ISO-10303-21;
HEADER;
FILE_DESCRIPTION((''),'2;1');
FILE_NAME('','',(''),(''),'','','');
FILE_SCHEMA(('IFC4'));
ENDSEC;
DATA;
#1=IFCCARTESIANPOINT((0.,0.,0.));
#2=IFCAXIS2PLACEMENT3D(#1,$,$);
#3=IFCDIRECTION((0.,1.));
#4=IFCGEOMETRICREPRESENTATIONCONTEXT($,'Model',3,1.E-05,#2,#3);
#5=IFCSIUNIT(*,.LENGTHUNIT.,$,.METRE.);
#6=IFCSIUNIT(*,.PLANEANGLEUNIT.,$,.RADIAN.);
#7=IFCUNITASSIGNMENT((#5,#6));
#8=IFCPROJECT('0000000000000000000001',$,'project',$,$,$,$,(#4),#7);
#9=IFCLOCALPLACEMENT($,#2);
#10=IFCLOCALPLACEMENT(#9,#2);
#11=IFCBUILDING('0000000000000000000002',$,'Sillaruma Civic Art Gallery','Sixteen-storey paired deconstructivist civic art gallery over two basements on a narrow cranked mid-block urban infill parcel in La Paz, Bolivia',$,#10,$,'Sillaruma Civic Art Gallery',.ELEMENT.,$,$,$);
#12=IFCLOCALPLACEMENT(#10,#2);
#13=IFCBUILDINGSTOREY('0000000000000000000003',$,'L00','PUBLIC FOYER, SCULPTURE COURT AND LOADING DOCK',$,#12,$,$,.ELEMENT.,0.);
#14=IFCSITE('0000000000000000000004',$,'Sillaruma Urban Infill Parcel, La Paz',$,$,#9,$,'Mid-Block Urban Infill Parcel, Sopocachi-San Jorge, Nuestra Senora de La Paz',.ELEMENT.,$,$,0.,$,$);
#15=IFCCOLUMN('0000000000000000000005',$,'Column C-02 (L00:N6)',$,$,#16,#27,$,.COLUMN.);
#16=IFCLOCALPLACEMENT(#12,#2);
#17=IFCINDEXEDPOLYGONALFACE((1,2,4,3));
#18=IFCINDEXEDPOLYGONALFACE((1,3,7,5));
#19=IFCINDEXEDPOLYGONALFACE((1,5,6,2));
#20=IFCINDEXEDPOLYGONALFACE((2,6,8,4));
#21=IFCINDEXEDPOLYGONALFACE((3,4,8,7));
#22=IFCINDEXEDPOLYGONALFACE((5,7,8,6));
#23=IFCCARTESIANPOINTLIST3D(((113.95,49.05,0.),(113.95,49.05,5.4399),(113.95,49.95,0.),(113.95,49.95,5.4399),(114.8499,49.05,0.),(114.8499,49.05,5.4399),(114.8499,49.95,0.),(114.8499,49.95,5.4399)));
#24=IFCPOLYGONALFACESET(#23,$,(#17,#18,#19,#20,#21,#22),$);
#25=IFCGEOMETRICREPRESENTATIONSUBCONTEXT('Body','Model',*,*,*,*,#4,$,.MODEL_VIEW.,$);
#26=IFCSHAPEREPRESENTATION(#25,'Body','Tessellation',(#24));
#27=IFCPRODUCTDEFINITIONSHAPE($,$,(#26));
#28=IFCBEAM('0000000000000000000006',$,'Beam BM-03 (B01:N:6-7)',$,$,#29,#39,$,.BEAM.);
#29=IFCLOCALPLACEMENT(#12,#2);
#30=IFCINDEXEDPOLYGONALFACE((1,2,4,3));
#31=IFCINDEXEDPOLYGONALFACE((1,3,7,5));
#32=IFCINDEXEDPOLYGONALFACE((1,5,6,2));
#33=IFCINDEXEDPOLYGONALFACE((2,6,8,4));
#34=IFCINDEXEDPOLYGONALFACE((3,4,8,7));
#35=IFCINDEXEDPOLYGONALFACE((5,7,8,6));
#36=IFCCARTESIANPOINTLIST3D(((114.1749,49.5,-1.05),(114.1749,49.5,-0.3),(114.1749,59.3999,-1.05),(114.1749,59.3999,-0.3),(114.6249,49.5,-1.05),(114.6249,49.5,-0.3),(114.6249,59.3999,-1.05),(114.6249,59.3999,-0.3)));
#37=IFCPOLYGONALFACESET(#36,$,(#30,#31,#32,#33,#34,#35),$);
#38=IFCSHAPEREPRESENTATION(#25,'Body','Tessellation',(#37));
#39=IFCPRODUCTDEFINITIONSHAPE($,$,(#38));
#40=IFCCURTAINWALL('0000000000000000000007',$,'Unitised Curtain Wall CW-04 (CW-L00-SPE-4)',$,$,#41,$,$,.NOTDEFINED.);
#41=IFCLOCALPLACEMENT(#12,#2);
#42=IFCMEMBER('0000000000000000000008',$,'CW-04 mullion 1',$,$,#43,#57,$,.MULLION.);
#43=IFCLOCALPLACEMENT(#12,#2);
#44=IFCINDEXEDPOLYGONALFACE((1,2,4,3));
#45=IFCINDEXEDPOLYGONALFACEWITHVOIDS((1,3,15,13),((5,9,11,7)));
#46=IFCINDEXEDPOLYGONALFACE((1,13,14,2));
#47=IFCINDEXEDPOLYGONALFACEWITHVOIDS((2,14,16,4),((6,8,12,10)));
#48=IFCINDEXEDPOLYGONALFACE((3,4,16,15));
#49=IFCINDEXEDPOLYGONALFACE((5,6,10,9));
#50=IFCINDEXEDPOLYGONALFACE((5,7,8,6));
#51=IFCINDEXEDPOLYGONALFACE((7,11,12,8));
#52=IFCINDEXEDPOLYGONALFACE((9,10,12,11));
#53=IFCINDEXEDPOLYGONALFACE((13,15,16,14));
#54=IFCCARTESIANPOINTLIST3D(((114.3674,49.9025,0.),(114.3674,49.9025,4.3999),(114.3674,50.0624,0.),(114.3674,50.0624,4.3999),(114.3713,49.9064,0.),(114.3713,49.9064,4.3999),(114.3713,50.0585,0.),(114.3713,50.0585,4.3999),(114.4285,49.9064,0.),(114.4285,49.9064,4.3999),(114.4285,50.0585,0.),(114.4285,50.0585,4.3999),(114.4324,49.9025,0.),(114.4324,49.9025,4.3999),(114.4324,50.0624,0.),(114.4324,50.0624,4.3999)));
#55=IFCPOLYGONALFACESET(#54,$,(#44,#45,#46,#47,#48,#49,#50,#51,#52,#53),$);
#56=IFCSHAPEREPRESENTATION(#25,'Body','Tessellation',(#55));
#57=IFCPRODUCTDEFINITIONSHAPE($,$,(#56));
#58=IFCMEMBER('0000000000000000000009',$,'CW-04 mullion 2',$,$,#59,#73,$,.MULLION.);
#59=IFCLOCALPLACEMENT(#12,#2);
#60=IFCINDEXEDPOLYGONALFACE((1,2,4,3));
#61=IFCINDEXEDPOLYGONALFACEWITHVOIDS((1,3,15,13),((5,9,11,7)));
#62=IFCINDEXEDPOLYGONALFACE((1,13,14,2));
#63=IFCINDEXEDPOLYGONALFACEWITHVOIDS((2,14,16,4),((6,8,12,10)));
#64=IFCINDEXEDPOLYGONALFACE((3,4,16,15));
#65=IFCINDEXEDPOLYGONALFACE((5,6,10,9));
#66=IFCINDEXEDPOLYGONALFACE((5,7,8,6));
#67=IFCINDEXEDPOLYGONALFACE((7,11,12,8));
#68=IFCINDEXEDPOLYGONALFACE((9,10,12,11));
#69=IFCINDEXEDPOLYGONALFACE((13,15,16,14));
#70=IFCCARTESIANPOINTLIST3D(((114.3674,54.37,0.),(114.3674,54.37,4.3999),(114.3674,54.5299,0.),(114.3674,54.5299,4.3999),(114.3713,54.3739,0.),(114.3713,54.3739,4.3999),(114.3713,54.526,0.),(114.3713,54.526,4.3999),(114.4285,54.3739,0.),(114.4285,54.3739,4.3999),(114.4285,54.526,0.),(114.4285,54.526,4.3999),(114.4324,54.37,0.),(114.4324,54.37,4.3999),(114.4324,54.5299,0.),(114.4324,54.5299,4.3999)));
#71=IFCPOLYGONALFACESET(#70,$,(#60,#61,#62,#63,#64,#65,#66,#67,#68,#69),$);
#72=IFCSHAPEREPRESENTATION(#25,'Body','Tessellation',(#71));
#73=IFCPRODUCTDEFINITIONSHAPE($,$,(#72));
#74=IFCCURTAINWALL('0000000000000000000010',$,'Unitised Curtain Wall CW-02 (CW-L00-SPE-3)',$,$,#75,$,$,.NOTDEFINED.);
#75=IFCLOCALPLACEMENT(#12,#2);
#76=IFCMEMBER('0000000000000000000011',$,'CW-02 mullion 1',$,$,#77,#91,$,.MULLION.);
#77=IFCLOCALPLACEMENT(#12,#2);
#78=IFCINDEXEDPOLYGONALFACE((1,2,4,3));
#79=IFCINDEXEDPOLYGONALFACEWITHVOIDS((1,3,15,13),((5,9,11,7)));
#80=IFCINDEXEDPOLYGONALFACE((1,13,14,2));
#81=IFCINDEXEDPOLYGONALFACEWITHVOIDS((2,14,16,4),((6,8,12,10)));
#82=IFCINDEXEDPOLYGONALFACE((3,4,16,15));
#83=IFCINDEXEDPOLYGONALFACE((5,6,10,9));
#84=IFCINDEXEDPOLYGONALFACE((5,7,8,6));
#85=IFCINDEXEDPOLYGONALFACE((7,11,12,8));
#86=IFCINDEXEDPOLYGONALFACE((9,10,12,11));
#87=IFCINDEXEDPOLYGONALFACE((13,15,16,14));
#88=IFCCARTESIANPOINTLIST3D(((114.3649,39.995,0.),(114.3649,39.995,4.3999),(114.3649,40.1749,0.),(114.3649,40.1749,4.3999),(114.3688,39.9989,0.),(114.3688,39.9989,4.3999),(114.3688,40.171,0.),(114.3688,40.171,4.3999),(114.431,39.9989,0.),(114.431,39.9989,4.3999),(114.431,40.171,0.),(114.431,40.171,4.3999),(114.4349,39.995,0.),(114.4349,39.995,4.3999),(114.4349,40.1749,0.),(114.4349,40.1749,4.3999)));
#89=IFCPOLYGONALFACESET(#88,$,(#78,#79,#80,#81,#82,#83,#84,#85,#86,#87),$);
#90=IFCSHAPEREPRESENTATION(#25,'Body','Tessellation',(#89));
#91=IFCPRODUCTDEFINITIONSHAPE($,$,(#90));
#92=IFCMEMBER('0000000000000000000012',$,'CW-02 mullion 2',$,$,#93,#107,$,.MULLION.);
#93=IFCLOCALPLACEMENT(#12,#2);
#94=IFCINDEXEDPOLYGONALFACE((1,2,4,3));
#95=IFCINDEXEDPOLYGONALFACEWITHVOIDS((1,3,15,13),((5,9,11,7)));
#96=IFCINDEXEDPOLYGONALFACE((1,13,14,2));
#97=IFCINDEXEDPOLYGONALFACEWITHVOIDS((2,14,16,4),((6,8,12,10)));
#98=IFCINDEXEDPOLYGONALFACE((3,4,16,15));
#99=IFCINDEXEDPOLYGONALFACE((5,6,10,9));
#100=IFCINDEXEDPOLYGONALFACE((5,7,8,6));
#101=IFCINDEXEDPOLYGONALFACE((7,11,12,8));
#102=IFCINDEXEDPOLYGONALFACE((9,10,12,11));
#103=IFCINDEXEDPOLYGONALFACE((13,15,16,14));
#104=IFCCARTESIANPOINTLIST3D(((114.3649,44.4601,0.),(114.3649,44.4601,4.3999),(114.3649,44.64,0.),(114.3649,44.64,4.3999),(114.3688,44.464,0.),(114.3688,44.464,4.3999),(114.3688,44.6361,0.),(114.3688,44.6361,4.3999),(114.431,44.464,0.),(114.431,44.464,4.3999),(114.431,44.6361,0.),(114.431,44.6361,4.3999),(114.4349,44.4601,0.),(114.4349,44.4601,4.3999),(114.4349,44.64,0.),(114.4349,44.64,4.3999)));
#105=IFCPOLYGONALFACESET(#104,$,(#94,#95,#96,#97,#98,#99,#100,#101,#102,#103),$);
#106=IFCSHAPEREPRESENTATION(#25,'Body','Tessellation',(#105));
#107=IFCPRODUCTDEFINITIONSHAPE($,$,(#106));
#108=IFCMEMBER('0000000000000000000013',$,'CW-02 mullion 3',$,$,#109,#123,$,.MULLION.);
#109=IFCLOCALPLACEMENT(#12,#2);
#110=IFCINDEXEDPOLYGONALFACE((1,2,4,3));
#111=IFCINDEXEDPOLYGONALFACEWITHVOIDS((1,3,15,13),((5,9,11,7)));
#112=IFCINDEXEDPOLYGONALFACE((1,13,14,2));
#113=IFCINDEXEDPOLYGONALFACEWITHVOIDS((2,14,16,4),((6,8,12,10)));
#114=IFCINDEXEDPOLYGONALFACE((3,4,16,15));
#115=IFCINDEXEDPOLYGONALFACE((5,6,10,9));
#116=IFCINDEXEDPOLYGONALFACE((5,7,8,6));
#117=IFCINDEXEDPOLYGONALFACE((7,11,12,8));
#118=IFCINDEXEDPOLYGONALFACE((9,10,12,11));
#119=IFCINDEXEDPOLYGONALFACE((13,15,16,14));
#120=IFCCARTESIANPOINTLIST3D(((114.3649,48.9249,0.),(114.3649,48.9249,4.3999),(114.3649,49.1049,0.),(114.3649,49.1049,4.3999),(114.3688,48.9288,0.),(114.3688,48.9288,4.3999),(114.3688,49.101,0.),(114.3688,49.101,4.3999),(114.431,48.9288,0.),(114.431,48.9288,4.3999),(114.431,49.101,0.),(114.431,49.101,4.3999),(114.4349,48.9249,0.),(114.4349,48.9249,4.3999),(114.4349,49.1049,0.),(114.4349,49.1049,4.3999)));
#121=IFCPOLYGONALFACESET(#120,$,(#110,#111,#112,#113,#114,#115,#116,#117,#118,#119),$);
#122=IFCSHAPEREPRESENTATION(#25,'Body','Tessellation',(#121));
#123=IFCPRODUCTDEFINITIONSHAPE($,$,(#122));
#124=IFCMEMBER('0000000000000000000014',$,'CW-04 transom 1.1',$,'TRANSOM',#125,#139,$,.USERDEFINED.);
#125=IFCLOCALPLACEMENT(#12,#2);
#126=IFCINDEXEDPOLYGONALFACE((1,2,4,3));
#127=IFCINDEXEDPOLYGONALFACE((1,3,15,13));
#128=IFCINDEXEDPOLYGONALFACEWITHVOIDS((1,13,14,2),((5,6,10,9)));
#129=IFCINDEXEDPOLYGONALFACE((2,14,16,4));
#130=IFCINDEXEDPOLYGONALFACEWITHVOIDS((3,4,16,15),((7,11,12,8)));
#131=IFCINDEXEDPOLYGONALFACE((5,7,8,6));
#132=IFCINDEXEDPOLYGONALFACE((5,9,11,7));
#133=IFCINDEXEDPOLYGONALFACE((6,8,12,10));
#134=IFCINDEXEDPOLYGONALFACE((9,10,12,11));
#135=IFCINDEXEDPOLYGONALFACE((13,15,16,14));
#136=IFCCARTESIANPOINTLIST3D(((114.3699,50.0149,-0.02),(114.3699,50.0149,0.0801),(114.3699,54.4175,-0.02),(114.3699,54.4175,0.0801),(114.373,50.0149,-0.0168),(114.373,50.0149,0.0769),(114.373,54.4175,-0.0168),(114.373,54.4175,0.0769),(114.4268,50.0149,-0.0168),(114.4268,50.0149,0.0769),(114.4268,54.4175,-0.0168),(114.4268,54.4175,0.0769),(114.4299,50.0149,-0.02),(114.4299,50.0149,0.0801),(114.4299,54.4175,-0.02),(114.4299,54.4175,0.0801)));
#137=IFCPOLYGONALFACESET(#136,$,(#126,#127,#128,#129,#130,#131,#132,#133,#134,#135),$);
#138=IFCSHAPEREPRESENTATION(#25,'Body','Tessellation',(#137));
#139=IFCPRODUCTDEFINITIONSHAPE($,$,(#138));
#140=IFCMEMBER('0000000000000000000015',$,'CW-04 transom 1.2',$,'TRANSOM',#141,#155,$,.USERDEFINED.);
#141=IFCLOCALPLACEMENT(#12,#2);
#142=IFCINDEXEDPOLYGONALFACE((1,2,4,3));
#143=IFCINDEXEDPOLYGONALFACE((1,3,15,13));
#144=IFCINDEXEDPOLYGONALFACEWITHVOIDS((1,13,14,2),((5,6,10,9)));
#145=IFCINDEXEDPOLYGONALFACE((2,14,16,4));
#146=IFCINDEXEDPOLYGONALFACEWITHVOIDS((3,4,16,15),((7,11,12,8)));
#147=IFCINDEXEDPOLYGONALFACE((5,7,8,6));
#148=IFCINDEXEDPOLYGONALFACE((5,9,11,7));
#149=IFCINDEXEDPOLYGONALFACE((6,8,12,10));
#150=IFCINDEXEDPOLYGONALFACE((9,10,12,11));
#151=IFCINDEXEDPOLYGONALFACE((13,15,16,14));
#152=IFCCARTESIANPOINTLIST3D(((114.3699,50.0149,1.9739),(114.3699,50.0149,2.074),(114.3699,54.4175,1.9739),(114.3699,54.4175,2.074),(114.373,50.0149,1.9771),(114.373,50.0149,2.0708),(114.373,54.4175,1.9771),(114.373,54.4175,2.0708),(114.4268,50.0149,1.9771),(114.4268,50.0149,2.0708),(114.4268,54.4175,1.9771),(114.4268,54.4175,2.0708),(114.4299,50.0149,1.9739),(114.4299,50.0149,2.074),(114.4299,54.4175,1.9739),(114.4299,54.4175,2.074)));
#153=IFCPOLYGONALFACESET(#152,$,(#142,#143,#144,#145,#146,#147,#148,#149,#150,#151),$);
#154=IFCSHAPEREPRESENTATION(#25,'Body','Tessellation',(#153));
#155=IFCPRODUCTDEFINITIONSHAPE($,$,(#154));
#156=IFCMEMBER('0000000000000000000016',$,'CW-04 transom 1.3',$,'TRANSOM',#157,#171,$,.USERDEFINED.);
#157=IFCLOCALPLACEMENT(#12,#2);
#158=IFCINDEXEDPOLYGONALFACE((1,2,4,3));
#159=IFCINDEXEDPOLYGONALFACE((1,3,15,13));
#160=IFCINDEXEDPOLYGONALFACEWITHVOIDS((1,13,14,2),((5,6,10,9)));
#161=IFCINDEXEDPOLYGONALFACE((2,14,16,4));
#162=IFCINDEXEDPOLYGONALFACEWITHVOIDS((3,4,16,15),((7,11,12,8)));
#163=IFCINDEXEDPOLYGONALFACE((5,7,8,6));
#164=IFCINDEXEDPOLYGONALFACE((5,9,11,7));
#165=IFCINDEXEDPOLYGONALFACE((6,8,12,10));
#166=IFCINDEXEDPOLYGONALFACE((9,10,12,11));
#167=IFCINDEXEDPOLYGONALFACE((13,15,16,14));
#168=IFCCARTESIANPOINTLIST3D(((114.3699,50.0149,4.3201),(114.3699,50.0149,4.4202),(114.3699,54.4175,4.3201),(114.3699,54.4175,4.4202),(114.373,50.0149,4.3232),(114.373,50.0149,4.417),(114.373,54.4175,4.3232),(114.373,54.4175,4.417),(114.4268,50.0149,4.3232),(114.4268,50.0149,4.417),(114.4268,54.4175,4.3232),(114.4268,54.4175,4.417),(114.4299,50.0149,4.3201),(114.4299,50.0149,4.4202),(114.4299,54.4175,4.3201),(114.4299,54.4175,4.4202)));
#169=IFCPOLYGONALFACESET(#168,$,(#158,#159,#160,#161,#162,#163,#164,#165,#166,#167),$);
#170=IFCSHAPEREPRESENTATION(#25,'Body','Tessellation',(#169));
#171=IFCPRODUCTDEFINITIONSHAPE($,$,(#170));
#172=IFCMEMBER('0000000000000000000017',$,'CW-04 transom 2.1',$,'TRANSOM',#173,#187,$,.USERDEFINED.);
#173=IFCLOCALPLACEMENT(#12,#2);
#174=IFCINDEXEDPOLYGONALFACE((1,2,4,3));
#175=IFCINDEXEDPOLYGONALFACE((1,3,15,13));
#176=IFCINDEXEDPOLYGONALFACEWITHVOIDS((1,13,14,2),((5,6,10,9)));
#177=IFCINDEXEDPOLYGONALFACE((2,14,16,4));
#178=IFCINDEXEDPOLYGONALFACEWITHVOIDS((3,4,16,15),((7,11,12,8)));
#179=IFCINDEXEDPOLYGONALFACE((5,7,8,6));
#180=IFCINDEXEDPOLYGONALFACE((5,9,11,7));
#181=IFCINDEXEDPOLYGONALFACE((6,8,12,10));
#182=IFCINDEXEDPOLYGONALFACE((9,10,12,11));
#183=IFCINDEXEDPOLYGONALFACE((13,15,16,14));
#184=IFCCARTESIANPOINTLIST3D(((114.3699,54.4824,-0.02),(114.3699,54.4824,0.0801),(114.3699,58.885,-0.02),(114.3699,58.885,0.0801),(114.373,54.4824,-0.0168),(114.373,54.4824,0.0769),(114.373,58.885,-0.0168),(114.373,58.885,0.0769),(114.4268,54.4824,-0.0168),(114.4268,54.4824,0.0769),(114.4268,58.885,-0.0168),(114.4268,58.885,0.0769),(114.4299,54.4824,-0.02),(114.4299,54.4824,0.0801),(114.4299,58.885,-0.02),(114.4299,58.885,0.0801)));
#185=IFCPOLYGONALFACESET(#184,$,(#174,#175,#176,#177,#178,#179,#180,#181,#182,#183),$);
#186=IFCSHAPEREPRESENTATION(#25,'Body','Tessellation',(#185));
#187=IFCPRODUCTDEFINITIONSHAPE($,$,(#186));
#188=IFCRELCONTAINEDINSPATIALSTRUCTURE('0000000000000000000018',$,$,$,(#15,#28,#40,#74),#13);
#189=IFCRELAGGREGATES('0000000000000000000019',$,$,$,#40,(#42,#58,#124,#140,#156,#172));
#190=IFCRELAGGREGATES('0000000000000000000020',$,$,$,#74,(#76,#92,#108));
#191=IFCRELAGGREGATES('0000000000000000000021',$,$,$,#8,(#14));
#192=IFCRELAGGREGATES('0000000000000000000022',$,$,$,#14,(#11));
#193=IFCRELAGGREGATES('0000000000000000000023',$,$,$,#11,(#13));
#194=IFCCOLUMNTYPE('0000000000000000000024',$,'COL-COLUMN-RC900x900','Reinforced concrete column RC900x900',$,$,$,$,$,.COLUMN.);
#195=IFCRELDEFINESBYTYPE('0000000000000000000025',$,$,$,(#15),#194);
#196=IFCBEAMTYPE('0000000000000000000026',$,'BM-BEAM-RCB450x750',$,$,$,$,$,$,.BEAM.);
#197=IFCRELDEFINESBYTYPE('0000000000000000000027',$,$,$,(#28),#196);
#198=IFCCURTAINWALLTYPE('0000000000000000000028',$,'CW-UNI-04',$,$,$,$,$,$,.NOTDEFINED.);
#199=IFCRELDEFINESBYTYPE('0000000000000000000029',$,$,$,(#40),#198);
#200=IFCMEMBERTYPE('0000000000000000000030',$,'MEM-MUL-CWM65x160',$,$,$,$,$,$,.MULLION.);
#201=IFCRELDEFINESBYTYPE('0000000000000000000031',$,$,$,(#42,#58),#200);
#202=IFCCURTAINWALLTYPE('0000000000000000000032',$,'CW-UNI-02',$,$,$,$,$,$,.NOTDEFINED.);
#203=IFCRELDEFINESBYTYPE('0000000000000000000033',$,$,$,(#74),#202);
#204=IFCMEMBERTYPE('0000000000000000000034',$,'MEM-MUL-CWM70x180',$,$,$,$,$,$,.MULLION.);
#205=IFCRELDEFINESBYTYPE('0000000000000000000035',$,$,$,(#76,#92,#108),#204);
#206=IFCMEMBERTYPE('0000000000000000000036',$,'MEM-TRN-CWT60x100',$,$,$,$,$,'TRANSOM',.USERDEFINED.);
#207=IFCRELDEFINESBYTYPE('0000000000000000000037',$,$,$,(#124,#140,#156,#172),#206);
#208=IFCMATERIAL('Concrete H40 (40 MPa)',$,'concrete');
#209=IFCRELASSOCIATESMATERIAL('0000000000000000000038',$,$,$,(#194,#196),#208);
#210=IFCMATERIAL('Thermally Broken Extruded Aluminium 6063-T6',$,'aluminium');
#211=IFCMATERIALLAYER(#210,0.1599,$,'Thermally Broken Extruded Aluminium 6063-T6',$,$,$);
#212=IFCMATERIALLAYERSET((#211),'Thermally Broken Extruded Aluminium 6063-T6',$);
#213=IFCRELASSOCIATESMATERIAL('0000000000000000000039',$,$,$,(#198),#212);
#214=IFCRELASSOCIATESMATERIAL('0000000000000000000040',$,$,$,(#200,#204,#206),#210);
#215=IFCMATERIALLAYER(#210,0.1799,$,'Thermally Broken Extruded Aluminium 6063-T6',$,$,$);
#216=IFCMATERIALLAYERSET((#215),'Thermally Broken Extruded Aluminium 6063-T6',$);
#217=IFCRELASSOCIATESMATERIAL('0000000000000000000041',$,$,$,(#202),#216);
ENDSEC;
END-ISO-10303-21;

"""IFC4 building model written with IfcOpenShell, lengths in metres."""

from ifc_helpers import new_model, si_unit, direction, frame, origin, origin_2d, place, context, subcontext, project, spatial, rectangle, hollow_rectangle, extrude, material, layer, layer_set, material_profile, profile_set, type_object, element, aggregate, save


model = new_model("IFC4")

# Units and contexts
model_context = context("Model", 3, precision=1e-05, world=origin(), true_north=direction((0.0, 1.0)))
body_context = subcontext(model_context, "Body", "Model", "MODEL_VIEW")
ifc_project = project(units=[si_unit("LENGTHUNIT", "METRE"), si_unit("PLANEANGLEUNIT", "RADIAN")], contexts=[model_context])

# Site, building, storey
site_placement = place(None, origin())
site = spatial("IfcSite", under=ifc_project, at=site_placement, Name="Sillaruma Urban Infill Parcel, La Paz", LongName="Mid-Block Urban Infill Parcel, Sopocachi-San Jorge, Nuestra Senora de La Paz", CompositionType="ELEMENT", RefElevation=0.0)
building_placement = place(site_placement, origin())
building = spatial("IfcBuilding", under=site, at=building_placement, Name="Sillaruma Civic Art Gallery", Description="Sixteen-storey paired deconstructivist civic art gallery over two basements on a narrow cranked mid-block urban infill parcel in La Paz, Bolivia", LongName="Sillaruma Civic Art Gallery", CompositionType="ELEMENT")
storey_placement = place(building_placement, origin())
storey = spatial("IfcBuildingStorey", under=building, at=storey_placement, Name="L00", Description="PUBLIC FOYER, SCULPTURE COURT AND LOADING DOCK", CompositionType="ELEMENT", Elevation=0.0)

# Column
ifc_material_1 = material(Name="Concrete H40 (40 MPa)", Category="concrete")
ifc_material_profile_1 = material_profile(ifc_material_1, rectangle(XDim=0.8999, YDim=0.8999, at=origin_2d()), Name="RC900x900")
ifc_profile_set_1 = profile_set([ifc_material_profile_1], Name="Concrete H40 (40 MPa)")
column_type = type_object("IfcColumnType", Name="COL-COLUMN-RC900x900", Description="Reinforced concrete column RC900x900", PredefinedType="COLUMN", material=ifc_profile_set_1)
column_placement = place(storey_placement, frame((114.3999, 49.5, 0.0), z_axis=(0.0, 0.0, 1.0), x_axis=(1.0, 0.0, 0.0)))
element("IfcColumn", 1, at=column_placement, inside=storey, type_object=column_type, Name="Column C-02 (L00:N6)", PredefinedType="COLUMN", context=body_context, shape_type="SweptSolid", body=[
    extrude(rectangle(XDim=0.8999, YDim=0.8999, at=origin_2d()), origin(), (0.0, 0.0, 1.0), 5.4399),
])

# Beam
ifc_material_profile_2 = material_profile(ifc_material_1, rectangle(XDim=0.45, YDim=0.75, at=origin_2d()), Name="RCB450x750")
ifc_profile_set_2 = profile_set([ifc_material_profile_2], Name="Concrete H40 (40 MPa)")
beam_type = type_object("IfcBeamType", Name="BM-BEAM-RCB450x750", PredefinedType="BEAM", material=ifc_profile_set_2)
beam_placement = place(storey_placement, frame((114.3999, 49.5, -0.675), z_axis=(0.0, 1.0, 0.0), x_axis=(-1.0, 0.0, 0.0)))
element("IfcBeam", 2, at=beam_placement, inside=storey, type_object=beam_type, Name="Beam BM-03 (B01:N:6-7)", PredefinedType="BEAM", context=body_context, shape_type="SweptSolid", body=[
    extrude(rectangle(XDim=0.45, YDim=0.75, at=origin_2d()), origin(), (0.0, 0.0, 1.0), 9.8999),
])

# Curtain walls, members
ifc_material_2 = material(Name="Thermally Broken Extruded Aluminium 6063-T6", Category="aluminium")
ifc_layer_1 = layer(ifc_material_2, 0.1599, Name="Thermally Broken Extruded Aluminium 6063-T6")
ifc_layer_set_1 = layer_set([ifc_layer_1], Name="Thermally Broken Extruded Aluminium 6063-T6")
curtain_wall_type_1 = type_object("IfcCurtainWallType", Name="CW-UNI-04", PredefinedType="NOTDEFINED", material=ifc_layer_set_1)
curtain_wall_1_placement = place(storey_placement, origin())
curtain_wall_1 = element("IfcCurtainWall", 3, at=curtain_wall_1_placement, inside=storey, type_object=curtain_wall_type_1, Name="Unitised Curtain Wall CW-04 (CW-L00-SPE-4)", PredefinedType="NOTDEFINED")
ifc_material_profile_3 = material_profile(ifc_material_2, hollow_rectangle(XDim=0.0649, YDim=0.1599, WallThickness=0.0039, at=origin_2d()), Name="CWM65x160")
ifc_profile_set_3 = profile_set([ifc_material_profile_3], Name="Thermally Broken Extruded Aluminium 6063-T6")
member_type_1 = type_object("IfcMemberType", Name="MEM-MUL-CWM65x160", PredefinedType="MULLION", material=ifc_profile_set_3)
member_1_placement = place(storey_placement, frame((114.3999, 49.9824, 0.0), z_axis=(0.0, 0.0, 1.0), x_axis=(-1.0, 0.0, 0.0)))
member_1 = element("IfcMember", 4, at=member_1_placement, type_object=member_type_1, Name="CW-04 mullion 1", PredefinedType="MULLION", context=body_context, shape_type="SweptSolid", body=[
    extrude(hollow_rectangle(XDim=0.0649, YDim=0.1599, WallThickness=0.0039, at=origin_2d()), origin(), (0.0, 0.0, 1.0), 4.3999),
])
member_2_placement = place(storey_placement, frame((114.3999, 54.45, 0.0), z_axis=(0.0, 0.0, 1.0), x_axis=(-1.0, 0.0, 0.0)))
member_2 = element("IfcMember", 5, at=member_2_placement, type_object=member_type_1, Name="CW-04 mullion 2", PredefinedType="MULLION", context=body_context, shape_type="SweptSolid", body=[
    extrude(hollow_rectangle(XDim=0.0649, YDim=0.1599, WallThickness=0.0039, at=origin_2d()), origin(), (0.0, 0.0, 1.0), 4.3999),
])
ifc_layer_2 = layer(ifc_material_2, 0.1799, Name="Thermally Broken Extruded Aluminium 6063-T6")
ifc_layer_set_2 = layer_set([ifc_layer_2], Name="Thermally Broken Extruded Aluminium 6063-T6")
curtain_wall_type_2 = type_object("IfcCurtainWallType", Name="CW-UNI-02", PredefinedType="NOTDEFINED", material=ifc_layer_set_2)
curtain_wall_2_placement = place(storey_placement, origin())
curtain_wall_2 = element("IfcCurtainWall", 6, at=curtain_wall_2_placement, inside=storey, type_object=curtain_wall_type_2, Name="Unitised Curtain Wall CW-02 (CW-L00-SPE-3)", PredefinedType="NOTDEFINED")
ifc_material_profile_4 = material_profile(ifc_material_2, hollow_rectangle(XDim=0.0701, YDim=0.1799, WallThickness=0.0039, at=origin_2d()), Name="CWM70x180")
ifc_profile_set_4 = profile_set([ifc_material_profile_4], Name="Thermally Broken Extruded Aluminium 6063-T6")
member_type_2 = type_object("IfcMemberType", Name="MEM-MUL-CWM70x180", PredefinedType="MULLION", material=ifc_profile_set_4)
member_3_placement = place(storey_placement, frame((114.3999, 40.085, 0.0), z_axis=(0.0, 0.0, 1.0), x_axis=(-1.0, 0.0, 0.0)))
member_3 = element("IfcMember", 7, at=member_3_placement, type_object=member_type_2, Name="CW-02 mullion 1", PredefinedType="MULLION", context=body_context, shape_type="SweptSolid", body=[
    extrude(hollow_rectangle(XDim=0.0701, YDim=0.1799, WallThickness=0.0039, at=origin_2d()), origin(), (0.0, 0.0, 1.0), 4.3999),
])
member_4_placement = place(storey_placement, frame((114.3999, 44.55, 0.0), z_axis=(0.0, 0.0, 1.0), x_axis=(-1.0, 0.0, 0.0)))
member_4 = element("IfcMember", 8, at=member_4_placement, type_object=member_type_2, Name="CW-02 mullion 2", PredefinedType="MULLION", context=body_context, shape_type="SweptSolid", body=[
    extrude(hollow_rectangle(XDim=0.0701, YDim=0.1799, WallThickness=0.0039, at=origin_2d()), origin(), (0.0, 0.0, 1.0), 4.3999),
])
member_5_placement = place(storey_placement, frame((114.3999, 49.0149, 0.0), z_axis=(0.0, 0.0, 1.0), x_axis=(-1.0, 0.0, 0.0)))
member_5 = element("IfcMember", 9, at=member_5_placement, type_object=member_type_2, Name="CW-02 mullion 3", PredefinedType="MULLION", context=body_context, shape_type="SweptSolid", body=[
    extrude(hollow_rectangle(XDim=0.0701, YDim=0.1799, WallThickness=0.0039, at=origin_2d()), origin(), (0.0, 0.0, 1.0), 4.3999),
])

# Members
ifc_material_profile_5 = material_profile(ifc_material_2, hollow_rectangle(XDim=0.0601, YDim=0.1001, WallThickness=0.0032, at=origin_2d()), Name="CWT60x100")
ifc_profile_set_5 = profile_set([ifc_material_profile_5], Name="Thermally Broken Extruded Aluminium 6063-T6")
member_type_3 = type_object("IfcMemberType", Name="MEM-TRN-CWT60x100", ElementType="TRANSOM", PredefinedType="USERDEFINED", material=ifc_profile_set_5)
member_6_placement = place(storey_placement, frame((114.3999, 50.0149, 0.03), z_axis=(0.0, 1.0, 0.0), x_axis=(-1.0, 0.0, 0.0)))
member_6 = element("IfcMember", 10, at=member_6_placement, type_object=member_type_3, Name="CW-04 transom 1.1", ObjectType="TRANSOM", PredefinedType="USERDEFINED", context=body_context, shape_type="SweptSolid", body=[
    extrude(hollow_rectangle(XDim=0.0601, YDim=0.1001, WallThickness=0.0032, at=origin_2d()), origin(), (0.0, 0.0, 1.0), 4.4026),
])
member_7_placement = place(storey_placement, frame((114.3999, 50.0149, 2.0239), z_axis=(0.0, 1.0, 0.0), x_axis=(-1.0, 0.0, 0.0)))
member_7 = element("IfcMember", 11, at=member_7_placement, type_object=member_type_3, Name="CW-04 transom 1.2", ObjectType="TRANSOM", PredefinedType="USERDEFINED", context=body_context, shape_type="SweptSolid", body=[
    extrude(hollow_rectangle(XDim=0.0601, YDim=0.1001, WallThickness=0.0032, at=origin_2d()), origin(), (0.0, 0.0, 1.0), 4.4026),
])
member_8_placement = place(storey_placement, frame((114.3999, 50.0149, 4.3701), z_axis=(0.0, 1.0, 0.0), x_axis=(-1.0, 0.0, 0.0)))
member_8 = element("IfcMember", 12, at=member_8_placement, type_object=member_type_3, Name="CW-04 transom 1.3", ObjectType="TRANSOM", PredefinedType="USERDEFINED", context=body_context, shape_type="SweptSolid", body=[
    extrude(hollow_rectangle(XDim=0.0601, YDim=0.1001, WallThickness=0.0032, at=origin_2d()), origin(), (0.0, 0.0, 1.0), 4.4026),
])
member_9_placement = place(storey_placement, frame((114.3999, 54.4824, 0.03), z_axis=(0.0, 1.0, 0.0), x_axis=(-1.0, 0.0, 0.0)))
member_9 = element("IfcMember", 13, at=member_9_placement, type_object=member_type_3, Name="CW-04 transom 2.1", ObjectType="TRANSOM", PredefinedType="USERDEFINED", context=body_context, shape_type="SweptSolid", body=[
    extrude(hollow_rectangle(XDim=0.0601, YDim=0.1001, WallThickness=0.0032, at=origin_2d()), origin(), (0.0, 0.0, 1.0), 4.4026),
])

aggregate(curtain_wall_1, [member_1, member_2, member_6, member_7, member_8, member_9])
aggregate(curtain_wall_2, [member_3, member_4, member_5])

save(model, "model.ifc")
